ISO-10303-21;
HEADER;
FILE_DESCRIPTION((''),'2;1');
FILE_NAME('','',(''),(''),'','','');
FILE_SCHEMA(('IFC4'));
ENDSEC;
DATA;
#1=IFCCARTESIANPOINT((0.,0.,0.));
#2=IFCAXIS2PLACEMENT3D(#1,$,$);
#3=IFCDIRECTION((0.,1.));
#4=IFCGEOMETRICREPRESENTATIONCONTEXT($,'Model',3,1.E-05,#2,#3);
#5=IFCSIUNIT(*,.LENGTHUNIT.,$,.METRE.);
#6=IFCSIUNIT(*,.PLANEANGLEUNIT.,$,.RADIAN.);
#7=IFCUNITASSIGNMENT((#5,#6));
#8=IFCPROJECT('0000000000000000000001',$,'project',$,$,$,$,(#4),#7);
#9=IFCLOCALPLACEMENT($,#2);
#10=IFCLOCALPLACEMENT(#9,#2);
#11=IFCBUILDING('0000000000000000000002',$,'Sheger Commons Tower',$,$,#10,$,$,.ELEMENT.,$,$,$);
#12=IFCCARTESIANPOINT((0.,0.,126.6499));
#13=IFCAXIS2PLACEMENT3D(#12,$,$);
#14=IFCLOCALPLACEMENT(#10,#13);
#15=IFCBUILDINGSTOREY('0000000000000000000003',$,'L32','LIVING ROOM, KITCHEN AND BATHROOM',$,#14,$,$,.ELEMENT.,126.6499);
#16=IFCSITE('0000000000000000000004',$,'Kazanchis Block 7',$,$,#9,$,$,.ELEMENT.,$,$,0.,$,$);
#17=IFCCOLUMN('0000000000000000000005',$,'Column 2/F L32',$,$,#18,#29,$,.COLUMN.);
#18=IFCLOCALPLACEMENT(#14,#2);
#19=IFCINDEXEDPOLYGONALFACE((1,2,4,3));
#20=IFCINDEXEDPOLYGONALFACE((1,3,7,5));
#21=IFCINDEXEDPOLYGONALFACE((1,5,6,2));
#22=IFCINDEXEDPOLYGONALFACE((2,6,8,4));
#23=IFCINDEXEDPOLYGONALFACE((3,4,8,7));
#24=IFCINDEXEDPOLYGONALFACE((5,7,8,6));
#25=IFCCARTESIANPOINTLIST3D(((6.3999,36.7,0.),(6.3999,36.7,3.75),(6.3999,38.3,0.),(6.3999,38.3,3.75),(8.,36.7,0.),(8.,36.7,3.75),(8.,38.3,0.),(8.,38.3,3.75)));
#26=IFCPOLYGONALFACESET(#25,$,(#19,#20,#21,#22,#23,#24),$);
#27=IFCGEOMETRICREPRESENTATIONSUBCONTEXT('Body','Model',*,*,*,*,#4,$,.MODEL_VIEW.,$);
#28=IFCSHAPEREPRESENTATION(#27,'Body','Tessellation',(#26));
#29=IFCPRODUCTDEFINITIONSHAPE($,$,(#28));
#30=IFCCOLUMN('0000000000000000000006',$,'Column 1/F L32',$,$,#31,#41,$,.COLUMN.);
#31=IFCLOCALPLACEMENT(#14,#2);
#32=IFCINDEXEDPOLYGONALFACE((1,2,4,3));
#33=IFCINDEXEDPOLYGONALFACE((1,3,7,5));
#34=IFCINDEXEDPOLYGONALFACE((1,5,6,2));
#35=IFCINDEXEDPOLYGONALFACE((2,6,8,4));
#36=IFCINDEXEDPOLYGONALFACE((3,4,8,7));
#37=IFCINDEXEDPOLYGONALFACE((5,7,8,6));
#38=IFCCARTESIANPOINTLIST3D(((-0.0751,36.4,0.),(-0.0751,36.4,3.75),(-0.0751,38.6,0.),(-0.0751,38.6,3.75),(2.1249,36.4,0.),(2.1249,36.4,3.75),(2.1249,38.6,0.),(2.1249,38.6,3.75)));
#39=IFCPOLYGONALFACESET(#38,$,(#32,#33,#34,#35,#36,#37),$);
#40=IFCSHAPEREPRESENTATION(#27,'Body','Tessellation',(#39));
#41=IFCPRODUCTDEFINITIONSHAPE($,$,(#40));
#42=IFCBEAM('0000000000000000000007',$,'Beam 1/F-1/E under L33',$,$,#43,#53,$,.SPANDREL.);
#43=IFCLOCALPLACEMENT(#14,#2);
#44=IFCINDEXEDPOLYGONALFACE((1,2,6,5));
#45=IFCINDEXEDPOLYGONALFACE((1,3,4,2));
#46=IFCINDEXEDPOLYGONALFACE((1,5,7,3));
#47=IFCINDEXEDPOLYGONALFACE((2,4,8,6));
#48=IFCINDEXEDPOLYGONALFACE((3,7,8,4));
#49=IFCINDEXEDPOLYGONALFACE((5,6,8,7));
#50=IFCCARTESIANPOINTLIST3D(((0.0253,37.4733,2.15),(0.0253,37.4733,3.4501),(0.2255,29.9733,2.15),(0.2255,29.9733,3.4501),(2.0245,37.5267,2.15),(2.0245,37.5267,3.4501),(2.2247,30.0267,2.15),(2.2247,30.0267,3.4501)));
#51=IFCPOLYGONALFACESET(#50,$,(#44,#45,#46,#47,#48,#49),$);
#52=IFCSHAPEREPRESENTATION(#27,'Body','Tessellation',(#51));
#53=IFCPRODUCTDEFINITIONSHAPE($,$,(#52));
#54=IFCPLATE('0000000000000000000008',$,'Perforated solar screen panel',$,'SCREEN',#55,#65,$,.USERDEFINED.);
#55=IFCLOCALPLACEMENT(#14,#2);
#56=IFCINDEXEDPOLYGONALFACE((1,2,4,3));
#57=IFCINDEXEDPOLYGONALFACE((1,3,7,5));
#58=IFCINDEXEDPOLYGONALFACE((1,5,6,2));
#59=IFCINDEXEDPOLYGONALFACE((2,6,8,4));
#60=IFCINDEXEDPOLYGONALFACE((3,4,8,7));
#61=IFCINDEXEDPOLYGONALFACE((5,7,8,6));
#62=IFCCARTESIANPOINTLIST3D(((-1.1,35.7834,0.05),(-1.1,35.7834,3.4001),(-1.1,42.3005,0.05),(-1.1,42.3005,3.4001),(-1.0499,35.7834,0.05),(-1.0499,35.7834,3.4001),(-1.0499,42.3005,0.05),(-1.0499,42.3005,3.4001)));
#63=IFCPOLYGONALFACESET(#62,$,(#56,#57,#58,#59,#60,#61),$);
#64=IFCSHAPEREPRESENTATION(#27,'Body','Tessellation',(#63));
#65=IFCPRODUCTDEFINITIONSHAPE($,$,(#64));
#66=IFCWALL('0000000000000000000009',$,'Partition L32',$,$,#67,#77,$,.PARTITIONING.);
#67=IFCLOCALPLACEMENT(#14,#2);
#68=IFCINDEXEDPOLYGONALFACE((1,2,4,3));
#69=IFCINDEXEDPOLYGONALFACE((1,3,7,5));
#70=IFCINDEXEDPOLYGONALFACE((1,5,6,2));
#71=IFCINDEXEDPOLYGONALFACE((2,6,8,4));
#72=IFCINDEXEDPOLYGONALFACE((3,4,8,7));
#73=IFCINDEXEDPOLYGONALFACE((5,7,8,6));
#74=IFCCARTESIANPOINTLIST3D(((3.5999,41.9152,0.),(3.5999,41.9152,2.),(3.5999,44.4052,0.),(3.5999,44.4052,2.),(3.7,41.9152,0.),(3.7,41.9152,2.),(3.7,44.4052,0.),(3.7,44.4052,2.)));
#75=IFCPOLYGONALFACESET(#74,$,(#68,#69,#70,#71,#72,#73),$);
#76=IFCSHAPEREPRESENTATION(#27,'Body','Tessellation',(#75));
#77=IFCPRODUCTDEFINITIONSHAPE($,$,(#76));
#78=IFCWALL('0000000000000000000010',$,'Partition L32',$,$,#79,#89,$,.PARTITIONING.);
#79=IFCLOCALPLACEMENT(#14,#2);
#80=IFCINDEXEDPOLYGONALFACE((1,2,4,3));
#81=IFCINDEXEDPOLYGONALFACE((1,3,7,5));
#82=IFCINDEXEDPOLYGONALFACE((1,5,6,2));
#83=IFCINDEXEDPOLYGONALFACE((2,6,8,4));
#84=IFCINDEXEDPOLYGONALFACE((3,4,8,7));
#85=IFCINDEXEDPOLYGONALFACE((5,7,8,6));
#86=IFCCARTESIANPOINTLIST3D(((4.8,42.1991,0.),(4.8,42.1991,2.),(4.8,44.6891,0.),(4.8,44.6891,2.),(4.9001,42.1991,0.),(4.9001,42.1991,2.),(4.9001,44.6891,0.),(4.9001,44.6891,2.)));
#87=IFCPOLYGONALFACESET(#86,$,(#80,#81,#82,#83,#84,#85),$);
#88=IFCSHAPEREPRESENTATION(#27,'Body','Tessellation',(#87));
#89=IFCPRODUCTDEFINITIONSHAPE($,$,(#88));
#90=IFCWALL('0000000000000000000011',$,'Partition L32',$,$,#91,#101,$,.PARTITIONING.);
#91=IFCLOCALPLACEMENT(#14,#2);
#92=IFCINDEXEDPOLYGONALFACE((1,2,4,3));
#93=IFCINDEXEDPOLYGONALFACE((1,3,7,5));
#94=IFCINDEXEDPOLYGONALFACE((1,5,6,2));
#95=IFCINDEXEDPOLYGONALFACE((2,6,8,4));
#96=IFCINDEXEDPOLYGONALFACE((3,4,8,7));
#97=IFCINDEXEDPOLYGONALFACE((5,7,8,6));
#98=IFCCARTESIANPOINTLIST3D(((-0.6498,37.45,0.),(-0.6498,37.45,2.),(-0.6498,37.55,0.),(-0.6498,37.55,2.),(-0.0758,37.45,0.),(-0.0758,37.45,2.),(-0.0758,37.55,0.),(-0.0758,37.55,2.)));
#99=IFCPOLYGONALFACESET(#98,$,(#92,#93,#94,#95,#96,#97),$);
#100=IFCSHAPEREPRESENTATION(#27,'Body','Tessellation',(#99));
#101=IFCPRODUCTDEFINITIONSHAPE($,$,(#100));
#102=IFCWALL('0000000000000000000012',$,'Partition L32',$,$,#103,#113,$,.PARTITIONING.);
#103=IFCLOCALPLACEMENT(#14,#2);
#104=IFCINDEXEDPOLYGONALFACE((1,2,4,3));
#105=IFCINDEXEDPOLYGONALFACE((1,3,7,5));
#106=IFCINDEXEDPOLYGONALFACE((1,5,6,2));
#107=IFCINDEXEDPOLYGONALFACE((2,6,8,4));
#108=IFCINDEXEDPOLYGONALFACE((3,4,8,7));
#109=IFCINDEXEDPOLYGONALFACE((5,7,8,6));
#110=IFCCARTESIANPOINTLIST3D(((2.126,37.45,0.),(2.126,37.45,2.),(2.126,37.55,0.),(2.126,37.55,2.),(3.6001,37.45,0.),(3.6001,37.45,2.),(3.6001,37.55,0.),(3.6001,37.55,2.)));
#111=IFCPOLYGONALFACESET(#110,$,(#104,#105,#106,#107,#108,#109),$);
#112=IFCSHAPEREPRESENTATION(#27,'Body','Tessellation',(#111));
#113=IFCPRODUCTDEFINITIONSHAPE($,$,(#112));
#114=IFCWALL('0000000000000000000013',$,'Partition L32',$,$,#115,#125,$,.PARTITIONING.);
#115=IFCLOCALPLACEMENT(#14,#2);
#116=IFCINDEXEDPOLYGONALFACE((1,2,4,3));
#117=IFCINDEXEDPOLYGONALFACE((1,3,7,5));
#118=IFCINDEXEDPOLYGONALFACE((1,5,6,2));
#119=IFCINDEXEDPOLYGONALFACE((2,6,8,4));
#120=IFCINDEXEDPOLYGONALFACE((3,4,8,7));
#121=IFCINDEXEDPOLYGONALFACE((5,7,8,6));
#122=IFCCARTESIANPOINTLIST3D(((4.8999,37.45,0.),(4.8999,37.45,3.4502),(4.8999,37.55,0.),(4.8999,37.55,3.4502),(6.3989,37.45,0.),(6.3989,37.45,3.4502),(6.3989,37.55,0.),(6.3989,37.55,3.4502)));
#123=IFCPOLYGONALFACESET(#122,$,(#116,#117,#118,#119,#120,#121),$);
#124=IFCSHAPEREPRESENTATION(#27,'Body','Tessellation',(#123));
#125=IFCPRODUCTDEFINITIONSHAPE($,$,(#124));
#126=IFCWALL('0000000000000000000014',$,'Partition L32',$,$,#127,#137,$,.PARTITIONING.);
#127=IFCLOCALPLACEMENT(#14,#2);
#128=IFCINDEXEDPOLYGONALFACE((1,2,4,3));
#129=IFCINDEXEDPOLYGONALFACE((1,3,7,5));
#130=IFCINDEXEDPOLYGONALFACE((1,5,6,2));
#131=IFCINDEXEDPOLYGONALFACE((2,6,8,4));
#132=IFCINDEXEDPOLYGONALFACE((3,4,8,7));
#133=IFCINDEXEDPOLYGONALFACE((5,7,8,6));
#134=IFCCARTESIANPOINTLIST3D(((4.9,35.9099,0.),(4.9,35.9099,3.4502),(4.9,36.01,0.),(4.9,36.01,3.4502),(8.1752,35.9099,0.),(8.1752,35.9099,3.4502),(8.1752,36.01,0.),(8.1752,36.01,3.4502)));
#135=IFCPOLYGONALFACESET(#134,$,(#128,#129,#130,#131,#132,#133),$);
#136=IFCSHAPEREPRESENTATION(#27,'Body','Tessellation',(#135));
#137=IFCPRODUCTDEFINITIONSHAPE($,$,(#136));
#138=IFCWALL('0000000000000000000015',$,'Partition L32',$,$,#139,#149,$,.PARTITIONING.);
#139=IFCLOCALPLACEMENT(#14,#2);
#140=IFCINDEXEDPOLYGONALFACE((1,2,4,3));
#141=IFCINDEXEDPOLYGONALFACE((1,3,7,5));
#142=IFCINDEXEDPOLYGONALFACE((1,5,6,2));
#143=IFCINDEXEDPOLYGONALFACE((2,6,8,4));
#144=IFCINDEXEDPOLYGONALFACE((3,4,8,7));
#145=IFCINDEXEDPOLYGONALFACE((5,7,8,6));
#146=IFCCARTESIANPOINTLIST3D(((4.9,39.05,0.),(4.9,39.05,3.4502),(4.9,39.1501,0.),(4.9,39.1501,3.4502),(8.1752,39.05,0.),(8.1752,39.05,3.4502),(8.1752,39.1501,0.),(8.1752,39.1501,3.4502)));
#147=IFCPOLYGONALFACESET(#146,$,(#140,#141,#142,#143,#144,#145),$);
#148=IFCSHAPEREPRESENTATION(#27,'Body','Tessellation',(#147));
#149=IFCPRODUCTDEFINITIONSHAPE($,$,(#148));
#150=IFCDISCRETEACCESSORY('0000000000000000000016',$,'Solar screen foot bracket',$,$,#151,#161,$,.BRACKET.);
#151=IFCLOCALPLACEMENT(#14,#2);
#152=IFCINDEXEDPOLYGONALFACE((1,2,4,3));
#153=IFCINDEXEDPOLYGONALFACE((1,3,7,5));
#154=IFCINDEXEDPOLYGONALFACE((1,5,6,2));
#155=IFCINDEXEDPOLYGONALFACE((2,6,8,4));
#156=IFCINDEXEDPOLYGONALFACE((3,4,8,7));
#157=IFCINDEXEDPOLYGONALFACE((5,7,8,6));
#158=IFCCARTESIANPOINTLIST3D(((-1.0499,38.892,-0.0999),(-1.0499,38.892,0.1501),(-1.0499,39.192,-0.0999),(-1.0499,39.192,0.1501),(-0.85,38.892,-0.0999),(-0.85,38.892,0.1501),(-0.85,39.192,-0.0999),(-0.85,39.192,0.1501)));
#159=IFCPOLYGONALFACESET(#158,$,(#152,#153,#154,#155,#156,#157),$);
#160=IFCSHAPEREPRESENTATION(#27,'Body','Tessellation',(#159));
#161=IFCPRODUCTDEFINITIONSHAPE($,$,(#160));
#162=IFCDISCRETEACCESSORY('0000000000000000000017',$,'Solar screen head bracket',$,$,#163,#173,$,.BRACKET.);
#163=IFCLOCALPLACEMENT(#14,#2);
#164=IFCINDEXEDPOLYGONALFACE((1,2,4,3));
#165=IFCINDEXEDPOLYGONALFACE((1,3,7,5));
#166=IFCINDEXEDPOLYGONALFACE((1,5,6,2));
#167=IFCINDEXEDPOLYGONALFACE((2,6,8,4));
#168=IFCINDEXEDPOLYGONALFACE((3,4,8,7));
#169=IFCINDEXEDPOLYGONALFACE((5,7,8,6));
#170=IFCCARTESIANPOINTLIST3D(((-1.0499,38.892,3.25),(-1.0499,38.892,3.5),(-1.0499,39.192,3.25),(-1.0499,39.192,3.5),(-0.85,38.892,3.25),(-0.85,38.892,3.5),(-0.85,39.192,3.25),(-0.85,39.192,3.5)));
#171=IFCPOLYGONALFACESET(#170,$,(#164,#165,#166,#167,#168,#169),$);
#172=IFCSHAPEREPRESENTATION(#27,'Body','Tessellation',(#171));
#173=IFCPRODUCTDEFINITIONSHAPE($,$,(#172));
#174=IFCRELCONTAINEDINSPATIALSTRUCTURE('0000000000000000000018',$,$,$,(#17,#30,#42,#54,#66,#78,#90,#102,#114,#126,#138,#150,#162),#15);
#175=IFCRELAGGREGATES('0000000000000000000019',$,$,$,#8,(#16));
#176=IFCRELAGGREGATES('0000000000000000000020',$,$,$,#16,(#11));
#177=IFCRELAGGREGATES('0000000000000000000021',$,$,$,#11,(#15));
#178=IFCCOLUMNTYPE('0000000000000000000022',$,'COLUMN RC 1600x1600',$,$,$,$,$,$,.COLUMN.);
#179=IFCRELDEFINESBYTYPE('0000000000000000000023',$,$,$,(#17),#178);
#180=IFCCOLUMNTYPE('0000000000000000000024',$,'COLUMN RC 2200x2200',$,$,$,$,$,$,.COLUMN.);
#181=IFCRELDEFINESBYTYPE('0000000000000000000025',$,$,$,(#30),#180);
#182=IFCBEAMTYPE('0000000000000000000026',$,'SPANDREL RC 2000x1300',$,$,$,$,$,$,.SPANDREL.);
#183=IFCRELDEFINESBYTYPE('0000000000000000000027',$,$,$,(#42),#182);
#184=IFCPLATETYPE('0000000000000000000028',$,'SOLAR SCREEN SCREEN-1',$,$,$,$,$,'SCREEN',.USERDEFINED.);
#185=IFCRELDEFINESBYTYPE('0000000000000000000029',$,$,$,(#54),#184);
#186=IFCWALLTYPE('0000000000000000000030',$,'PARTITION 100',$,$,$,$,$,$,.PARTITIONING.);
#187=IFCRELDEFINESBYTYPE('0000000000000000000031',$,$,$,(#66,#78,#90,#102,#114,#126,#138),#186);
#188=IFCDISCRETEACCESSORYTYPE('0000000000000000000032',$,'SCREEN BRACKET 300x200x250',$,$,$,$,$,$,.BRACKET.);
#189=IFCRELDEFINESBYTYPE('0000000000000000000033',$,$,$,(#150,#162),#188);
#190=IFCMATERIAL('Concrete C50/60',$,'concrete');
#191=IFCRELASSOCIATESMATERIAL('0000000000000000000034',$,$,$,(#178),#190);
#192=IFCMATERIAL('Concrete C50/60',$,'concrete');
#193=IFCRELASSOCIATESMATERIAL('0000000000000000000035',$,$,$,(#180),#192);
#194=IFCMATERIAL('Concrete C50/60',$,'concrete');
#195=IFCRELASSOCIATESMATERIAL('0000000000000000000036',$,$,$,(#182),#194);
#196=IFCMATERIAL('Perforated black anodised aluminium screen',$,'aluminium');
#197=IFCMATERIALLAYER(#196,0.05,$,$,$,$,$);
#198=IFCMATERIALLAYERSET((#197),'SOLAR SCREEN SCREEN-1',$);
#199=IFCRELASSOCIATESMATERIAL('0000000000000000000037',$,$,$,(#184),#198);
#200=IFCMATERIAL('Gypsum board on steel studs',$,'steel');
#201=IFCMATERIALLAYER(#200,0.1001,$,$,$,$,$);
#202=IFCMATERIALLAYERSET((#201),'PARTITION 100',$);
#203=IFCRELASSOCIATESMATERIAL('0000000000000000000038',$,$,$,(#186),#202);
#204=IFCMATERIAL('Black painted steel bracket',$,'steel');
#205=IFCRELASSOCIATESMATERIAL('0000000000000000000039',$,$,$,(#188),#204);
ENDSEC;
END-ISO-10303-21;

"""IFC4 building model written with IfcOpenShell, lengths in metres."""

from ifc_helpers import new_model, si_unit, direction, frame, frame_2d, origin, origin_2d, place, context, subcontext, project, spatial, rectangle, extrude, material, layer, layer_set, material_profile, profile_set, type_object, element, save


model = new_model("IFC4")

# Units and contexts
model_context = context("Model", 3, precision=1e-05, world=origin(), true_north=direction((0.0, 1.0)))
body_context = subcontext(model_context, "Body", "Model", "MODEL_VIEW")
ifc_project = project(units=[si_unit("LENGTHUNIT", "METRE"), si_unit("PLANEANGLEUNIT", "RADIAN")], contexts=[model_context])

# Site, building, storey
site_placement = place(None, origin())
site = spatial("IfcSite", under=ifc_project, at=site_placement, Name="Kazanchis Block 7", CompositionType="ELEMENT", RefElevation=0.0)
building_placement = place(site_placement, origin())
building = spatial("IfcBuilding", under=site, at=building_placement, Name="Sheger Commons Tower", CompositionType="ELEMENT")
storey_placement = place(building_placement, frame((0.0, 0.0, 126.6499)))
storey = spatial("IfcBuildingStorey", under=building, at=storey_placement, Name="L32", Description="LIVING ROOM, KITCHEN AND BATHROOM", CompositionType="ELEMENT", Elevation=126.6499)

# Columns
ifc_material_1 = material(Name="Concrete C50/60", Category="concrete")
ifc_material_profile_1 = material_profile(ifc_material_1, rectangle(XDim=1.6001, YDim=1.6001, at=origin_2d()), Name="RC 1600x1600")
ifc_profile_set_1 = profile_set([ifc_material_profile_1], Name="Concrete C50/60")
column_type_1 = type_object("IfcColumnType", Name="COLUMN RC 1600x1600", PredefinedType="COLUMN", material=ifc_profile_set_1)
column_1_placement = place(storey_placement, frame((7.2, 37.5, 0.0), z_axis=(0.0, 0.0, 1.0), x_axis=(1.0, 0.0, 0.0)))
element("IfcColumn", 1, at=column_1_placement, inside=storey, type_object=column_type_1, Name="Column 2/F L32", PredefinedType="COLUMN", context=body_context, shape_type="SweptSolid", body=[
    extrude(rectangle(XDim=1.6001, YDim=1.6001, at=origin_2d()), origin(), (0.0, 0.0, 1.0), 3.75),
])
ifc_material_2 = material(Name="Concrete C50/60", Category="concrete")
ifc_material_profile_2 = material_profile(ifc_material_2, rectangle(XDim=2.2, YDim=2.2, at=origin_2d()), Name="RC 2200x2200")
ifc_profile_set_2 = profile_set([ifc_material_profile_2], Name="Concrete C50/60")
column_type_2 = type_object("IfcColumnType", Name="COLUMN RC 2200x2200", PredefinedType="COLUMN", material=ifc_profile_set_2)
column_2_placement = place(storey_placement, frame((1.0249, 37.5, 0.0), z_axis=(0.0, 0.0, 1.0), x_axis=(1.0, 0.0, 0.0)))
element("IfcColumn", 2, at=column_2_placement, inside=storey, type_object=column_type_2, Name="Column 1/F L32", PredefinedType="COLUMN", context=body_context, shape_type="SweptSolid", body=[
    extrude(rectangle(XDim=2.2, YDim=2.2, at=origin_2d()), origin(), (0.0, 0.0, 1.0), 3.75),
])

# Beam
ifc_material_3 = material(Name="Concrete C50/60", Category="concrete")
ifc_material_profile_3 = material_profile(ifc_material_3, rectangle(XDim=2.0, YDim=1.3, at=origin_2d()), Name="RC 2000x1300")
ifc_profile_set_3 = profile_set([ifc_material_profile_3], Name="Concrete C50/60")
beam_type = type_object("IfcBeamType", Name="SPANDREL RC 2000x1300", PredefinedType="SPANDREL", material=ifc_profile_set_3)
beam_placement = place(storey_placement, frame((1.0249, 37.5, 2.8), z_axis=(0.026683, -0.999644, 0.0), x_axis=(0.999644, 0.026683, 0.0)))
element("IfcBeam", 3, at=beam_placement, inside=storey, type_object=beam_type, Name="Beam 1/F-1/E under L33", PredefinedType="SPANDREL", context=body_context, shape_type="SweptSolid", body=[
    extrude(rectangle(XDim=2.0, YDim=1.3, at=origin_2d()), origin(), (0.0, 0.0, 1.0), 7.5027),
])

# Plate
ifc_material_4 = material(Name="Perforated black anodised aluminium screen", Category="aluminium")
ifc_layer_1 = layer(ifc_material_4, 0.05)
ifc_layer_set_1 = layer_set([ifc_layer_1], Name="SOLAR SCREEN SCREEN-1")
plate_type = type_object("IfcPlateType", Name="SOLAR SCREEN SCREEN-1", ElementType="SCREEN", PredefinedType="USERDEFINED", material=ifc_layer_set_1)
plate_placement = place(storey_placement, frame((-1.075, 39.042, 0.05), z_axis=(0.0, 0.0, 1.0), x_axis=(0.0, -1.0, 0.0)))
element("IfcPlate", 4, at=plate_placement, inside=storey, type_object=plate_type, Name="Perforated solar screen panel", ObjectType="SCREEN", PredefinedType="USERDEFINED", context=body_context, shape_type="SweptSolid", body=[
    extrude(rectangle(XDim=6.5171, YDim=0.05, at=origin_2d()), origin(), (0.0, 0.0, 1.0), 3.3501),
])

# Walls
ifc_material_5 = material(Name="Gypsum board on steel studs", Category="steel")
ifc_layer_2 = layer(ifc_material_5, 0.1001)
ifc_layer_set_2 = layer_set([ifc_layer_2], Name="PARTITION 100")
wall_type = type_object("IfcWallType", Name="PARTITION 100", PredefinedType="PARTITIONING", material=ifc_layer_set_2)
for number, where, z_axis, x_axis, name in (
    (5, (3.6499, 41.915, 0.0), (0.0, 0.0, 1.0), (0.0, 1.0, 0.0), "Partition L32"),
    (6, (4.8501, 42.199, 0.0), (0.0, 0.0, 1.0), (0.0, 1.0, 0.0), "Partition L32"),
):
    element("IfcWall", number, at=place(storey_placement, frame(where, z_axis=z_axis, x_axis=x_axis)), inside=storey, type_object=wall_type, Name=name, PredefinedType="PARTITIONING", context=body_context, shape_type="SweptSolid", body=[
        extrude(rectangle(XDim=2.49, YDim=0.1001, at=frame_2d((1.2451, 0.0))), origin(), (0.0, 0.0, 1.0), 2.0),
    ])
wall_1_placement = place(storey_placement, frame((-0.6499, 37.5, 0.0), z_axis=(0.0, 0.0, 1.0), x_axis=(1.0, 0.0, 0.0)))
element("IfcWall", 7, at=wall_1_placement, inside=storey, type_object=wall_type, Name="Partition L32", PredefinedType="PARTITIONING", context=body_context, shape_type="SweptSolid", body=[
    extrude(rectangle(XDim=0.574, YDim=0.1001, at=frame_2d((0.2871, 0.0))), origin(), (0.0, 0.0, 1.0), 2.0),
])
wall_2_placement = place(storey_placement, frame((2.126, 37.5, 0.0), z_axis=(0.0, 0.0, 1.0), x_axis=(1.0, 0.0, 0.0)))
element("IfcWall", 8, at=wall_2_placement, inside=storey, type_object=wall_type, Name="Partition L32", PredefinedType="PARTITIONING", context=body_context, shape_type="SweptSolid", body=[
    extrude(rectangle(XDim=1.4741, YDim=0.1001, at=frame_2d((0.7371, 0.0))), origin(), (0.0, 0.0, 1.0), 2.0),
])
wall_3_placement = place(storey_placement, frame((4.8999, 37.5, 0.0), z_axis=(0.0, 0.0, 1.0), x_axis=(1.0, 0.0, 0.0)))
element("IfcWall", 9, at=wall_3_placement, inside=storey, type_object=wall_type, Name="Partition L32", PredefinedType="PARTITIONING", context=body_context, shape_type="SweptSolid", body=[
    extrude(rectangle(XDim=1.499, YDim=0.1001, at=frame_2d((0.7495, 0.0))), origin(), (0.0, 0.0, 1.0), 3.4502),
])
for number, where, z_axis, x_axis, name in (
    (10, (4.8999, 35.96, 0.0), (0.0, 0.0, 1.0), (1.0, 0.0, 0.0), "Partition L32"),
    (11, (4.8999, 39.1001, 0.0), (0.0, 0.0, 1.0), (1.0, 0.0, 0.0), "Partition L32"),
):
    element("IfcWall", number, at=place(storey_placement, frame(where, z_axis=z_axis, x_axis=x_axis)), inside=storey, type_object=wall_type, Name=name, PredefinedType="PARTITIONING", context=body_context, shape_type="SweptSolid", body=[
        extrude(rectangle(XDim=3.2751, YDim=0.1001, at=frame_2d((1.6377, 0.0))), origin(), (0.0, 0.0, 1.0), 3.4502),
    ])

# Discrete accessories
ifc_material_6 = material(Name="Black painted steel bracket", Category="steel")
discrete_accessory_type = type_object("IfcDiscreteAccessoryType", Name="SCREEN BRACKET 300x200x250", PredefinedType="BRACKET", material=ifc_material_6)
for number, where, z_axis, x_axis, name in (
    (12, (-0.95, 39.042, -0.0999), (0.0, 0.0, 1.0), (0.0, -1.0, 0.0), "Solar screen foot bracket"),
    (13, (-0.95, 39.042, 3.25), (0.0, 0.0, 1.0), (0.0, -1.0, 0.0), "Solar screen head bracket"),
):
    element("IfcDiscreteAccessory", number, at=place(storey_placement, frame(where, z_axis=z_axis, x_axis=x_axis)), inside=storey, type_object=discrete_accessory_type, Name=name, PredefinedType="BRACKET", context=body_context, shape_type="SweptSolid", body=[
        extrude(rectangle(XDim=0.3, YDim=0.2, at=origin_2d()), origin(), (0.0, 0.0, 1.0), 0.25),
    ])

save(model, "model.ifc")
